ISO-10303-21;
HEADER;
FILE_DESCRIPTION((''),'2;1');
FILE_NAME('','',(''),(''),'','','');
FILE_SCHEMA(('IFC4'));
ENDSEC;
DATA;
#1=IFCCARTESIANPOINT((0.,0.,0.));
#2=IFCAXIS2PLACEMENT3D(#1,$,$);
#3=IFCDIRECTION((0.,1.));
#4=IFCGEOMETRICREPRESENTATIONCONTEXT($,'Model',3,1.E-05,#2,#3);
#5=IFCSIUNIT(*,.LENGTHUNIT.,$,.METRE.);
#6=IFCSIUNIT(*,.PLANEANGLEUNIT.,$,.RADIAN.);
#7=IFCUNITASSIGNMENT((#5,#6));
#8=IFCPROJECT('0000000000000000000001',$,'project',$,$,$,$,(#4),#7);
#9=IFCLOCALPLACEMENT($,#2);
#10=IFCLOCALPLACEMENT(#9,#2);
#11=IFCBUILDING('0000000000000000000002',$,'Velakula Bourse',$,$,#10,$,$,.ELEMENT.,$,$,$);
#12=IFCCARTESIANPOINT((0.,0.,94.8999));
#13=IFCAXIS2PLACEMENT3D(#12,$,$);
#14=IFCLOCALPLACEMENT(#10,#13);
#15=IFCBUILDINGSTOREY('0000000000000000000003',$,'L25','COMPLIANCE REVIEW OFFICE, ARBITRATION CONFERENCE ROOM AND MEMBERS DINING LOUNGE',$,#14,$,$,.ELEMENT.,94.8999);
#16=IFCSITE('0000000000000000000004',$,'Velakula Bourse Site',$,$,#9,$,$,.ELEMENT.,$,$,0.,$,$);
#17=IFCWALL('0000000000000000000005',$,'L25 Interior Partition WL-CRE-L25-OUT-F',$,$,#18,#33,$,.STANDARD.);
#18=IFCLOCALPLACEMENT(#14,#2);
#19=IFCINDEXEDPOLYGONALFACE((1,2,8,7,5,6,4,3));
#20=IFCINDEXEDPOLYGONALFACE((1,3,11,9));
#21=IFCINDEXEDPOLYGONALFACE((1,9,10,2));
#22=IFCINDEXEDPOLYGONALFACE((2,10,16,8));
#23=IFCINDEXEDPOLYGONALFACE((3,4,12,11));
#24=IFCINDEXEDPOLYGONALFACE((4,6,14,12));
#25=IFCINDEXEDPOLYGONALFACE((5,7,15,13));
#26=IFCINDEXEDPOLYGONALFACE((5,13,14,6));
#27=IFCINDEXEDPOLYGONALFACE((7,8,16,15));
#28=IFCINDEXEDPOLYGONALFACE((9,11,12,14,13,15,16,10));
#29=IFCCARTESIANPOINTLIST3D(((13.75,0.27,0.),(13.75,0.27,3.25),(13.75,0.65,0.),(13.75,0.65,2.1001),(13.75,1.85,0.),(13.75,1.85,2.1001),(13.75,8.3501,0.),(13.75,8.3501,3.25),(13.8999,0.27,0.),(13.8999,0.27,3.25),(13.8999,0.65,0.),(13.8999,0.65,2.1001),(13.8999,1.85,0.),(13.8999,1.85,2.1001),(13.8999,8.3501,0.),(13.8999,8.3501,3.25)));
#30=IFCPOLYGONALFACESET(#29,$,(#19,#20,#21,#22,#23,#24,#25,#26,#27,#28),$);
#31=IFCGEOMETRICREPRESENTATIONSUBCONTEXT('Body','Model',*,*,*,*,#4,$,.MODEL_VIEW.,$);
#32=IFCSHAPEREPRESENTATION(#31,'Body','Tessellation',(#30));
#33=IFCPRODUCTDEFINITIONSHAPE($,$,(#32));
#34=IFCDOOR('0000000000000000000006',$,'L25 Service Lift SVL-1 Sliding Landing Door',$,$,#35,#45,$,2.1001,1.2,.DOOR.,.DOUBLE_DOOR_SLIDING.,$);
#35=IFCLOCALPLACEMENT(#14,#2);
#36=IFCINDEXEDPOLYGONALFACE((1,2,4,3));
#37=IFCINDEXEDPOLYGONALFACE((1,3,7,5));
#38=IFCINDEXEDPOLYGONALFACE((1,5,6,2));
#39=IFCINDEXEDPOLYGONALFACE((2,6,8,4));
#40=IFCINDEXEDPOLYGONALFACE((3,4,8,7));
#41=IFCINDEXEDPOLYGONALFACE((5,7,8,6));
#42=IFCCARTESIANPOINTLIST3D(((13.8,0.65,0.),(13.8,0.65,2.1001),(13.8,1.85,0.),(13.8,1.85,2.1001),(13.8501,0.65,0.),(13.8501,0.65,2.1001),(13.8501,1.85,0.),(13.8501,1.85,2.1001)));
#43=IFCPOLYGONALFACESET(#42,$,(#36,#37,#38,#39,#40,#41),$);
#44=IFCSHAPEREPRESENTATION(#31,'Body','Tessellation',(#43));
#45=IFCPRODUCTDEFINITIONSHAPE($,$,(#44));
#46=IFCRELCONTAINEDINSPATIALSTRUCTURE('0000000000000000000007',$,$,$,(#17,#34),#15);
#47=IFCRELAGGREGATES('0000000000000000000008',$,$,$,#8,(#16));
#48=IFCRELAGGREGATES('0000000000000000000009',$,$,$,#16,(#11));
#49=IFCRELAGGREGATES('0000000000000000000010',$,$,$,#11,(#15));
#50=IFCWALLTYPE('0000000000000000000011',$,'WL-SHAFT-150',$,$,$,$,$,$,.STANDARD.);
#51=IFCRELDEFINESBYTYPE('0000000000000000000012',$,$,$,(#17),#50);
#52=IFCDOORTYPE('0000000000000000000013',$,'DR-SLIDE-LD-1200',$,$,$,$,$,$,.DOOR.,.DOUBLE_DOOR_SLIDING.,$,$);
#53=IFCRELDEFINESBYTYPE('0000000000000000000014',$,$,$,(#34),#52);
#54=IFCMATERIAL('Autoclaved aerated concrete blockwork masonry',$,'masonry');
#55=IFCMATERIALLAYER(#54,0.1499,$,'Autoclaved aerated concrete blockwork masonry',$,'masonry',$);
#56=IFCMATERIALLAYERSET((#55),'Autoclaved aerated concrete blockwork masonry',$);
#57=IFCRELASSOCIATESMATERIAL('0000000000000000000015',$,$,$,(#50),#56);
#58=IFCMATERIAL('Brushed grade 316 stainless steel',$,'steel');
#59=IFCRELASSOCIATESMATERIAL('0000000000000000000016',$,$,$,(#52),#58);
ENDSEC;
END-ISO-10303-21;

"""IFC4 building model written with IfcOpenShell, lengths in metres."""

from ifc_helpers import new_model, si_unit, direction, frame, frame_2d, origin, place, context, subcontext, project, spatial, rectangle, extrude, material, layer, layer_set, type_object, element, fill, save


model = new_model("IFC4")

# Units and contexts
model_context = context("Model", 3, precision=1e-05, world=origin(), true_north=direction((0.0, 1.0)))
body_context = subcontext(model_context, "Body", "Model", "MODEL_VIEW")
ifc_project = project(units=[si_unit("LENGTHUNIT", "METRE"), si_unit("PLANEANGLEUNIT", "RADIAN")], contexts=[model_context])

# Site, building, storey
site_placement = place(None, origin())
site = spatial("IfcSite", under=ifc_project, at=site_placement, Name="Velakula Bourse Site", CompositionType="ELEMENT", RefElevation=0.0)
building_placement = place(site_placement, origin())
building = spatial("IfcBuilding", under=site, at=building_placement, Name="Velakula Bourse", CompositionType="ELEMENT")
storey_placement = place(building_placement, frame((0.0, 0.0, 94.8999)))
storey = spatial("IfcBuildingStorey", under=building, at=storey_placement, Name="L25", Description="COMPLIANCE REVIEW OFFICE, ARBITRATION CONFERENCE ROOM AND MEMBERS DINING LOUNGE", CompositionType="ELEMENT", Elevation=94.8999)

# Shared definitions
ifc_material_1 = material(Name="Autoclaved aerated concrete blockwork masonry", Category="masonry")
ifc_layer_1 = layer(ifc_material_1, 0.1499, Name="Autoclaved aerated concrete blockwork masonry", Category="masonry")
ifc_layer_set_1 = layer_set([ifc_layer_1], Name="Autoclaved aerated concrete blockwork masonry")
wall_type_1 = type_object("IfcWallType", Name="WL-SHAFT-150", PredefinedType="STANDARD", material=ifc_layer_set_1)

# Wall, opening, door
wall_1_placement = place(storey_placement, frame((13.825, 0.27, 0.0), z_axis=(0.0, 0.0, 1.0), x_axis=(0.0, 1.0, 0.0)))
wall_1 = element("IfcWall", 1, at=wall_1_placement, inside=storey, type_object=wall_type_1, Name="L25 Interior Partition WL-CRE-L25-OUT-F", PredefinedType="STANDARD", context=body_context, shape_type="SweptSolid", body=[
    extrude(rectangle(XDim=8.0801, YDim=0.1499, at=frame_2d((4.04, 0.0))), origin(), (0.0, 0.0, 1.0), 3.25),
])
opening_1_placement = place(wall_1_placement, frame((0.3799, 0.0, 0.0)))
opening_1 = element("IfcOpeningElement", 2, at=opening_1_placement, cuts=wall_1, PredefinedType="OPENING", context=body_context, shape_type="SweptSolid", body=[
    extrude(rectangle(XDim=1.2, YDim=2.1001, at=frame_2d((0.6001, 1.05))), frame((0.0, 0.085, 0.0), z_axis=(0.0, -1.0, 0.0), x_axis=(1.0, 0.0, 0.0)), (0.0, 0.0, 1.0), 0.1699),
])
ifc_material_2 = material(Name="Brushed grade 316 stainless steel", Category="steel")
door_type_1 = type_object("IfcDoorType", Name="DR-SLIDE-LD-1200", OperationType="DOUBLE_DOOR_SLIDING", PredefinedType="DOOR", material=ifc_material_2)
door_1_placement = place(opening_1_placement, origin())
door_1 = element("IfcDoor", 3, at=door_1_placement, inside=storey, type_object=door_type_1, Name="L25 Service Lift SVL-1 Sliding Landing Door", OperationType="DOUBLE_DOOR_SLIDING", OverallHeight=2.1001, OverallWidth=1.2, PredefinedType="DOOR", context=body_context, shape_type="SweptSolid", body=[
    extrude(rectangle(XDim=1.2, YDim=2.1001, at=frame_2d((0.6001, 1.05))), frame((0.0, 0.0249, 0.0), z_axis=(0.0, -1.0, 0.0), x_axis=(1.0, 0.0, 0.0)), (0.0, 0.0, 1.0), 0.05),
])
fill(opening_1, door_1)

save(model, "model.ifc")
